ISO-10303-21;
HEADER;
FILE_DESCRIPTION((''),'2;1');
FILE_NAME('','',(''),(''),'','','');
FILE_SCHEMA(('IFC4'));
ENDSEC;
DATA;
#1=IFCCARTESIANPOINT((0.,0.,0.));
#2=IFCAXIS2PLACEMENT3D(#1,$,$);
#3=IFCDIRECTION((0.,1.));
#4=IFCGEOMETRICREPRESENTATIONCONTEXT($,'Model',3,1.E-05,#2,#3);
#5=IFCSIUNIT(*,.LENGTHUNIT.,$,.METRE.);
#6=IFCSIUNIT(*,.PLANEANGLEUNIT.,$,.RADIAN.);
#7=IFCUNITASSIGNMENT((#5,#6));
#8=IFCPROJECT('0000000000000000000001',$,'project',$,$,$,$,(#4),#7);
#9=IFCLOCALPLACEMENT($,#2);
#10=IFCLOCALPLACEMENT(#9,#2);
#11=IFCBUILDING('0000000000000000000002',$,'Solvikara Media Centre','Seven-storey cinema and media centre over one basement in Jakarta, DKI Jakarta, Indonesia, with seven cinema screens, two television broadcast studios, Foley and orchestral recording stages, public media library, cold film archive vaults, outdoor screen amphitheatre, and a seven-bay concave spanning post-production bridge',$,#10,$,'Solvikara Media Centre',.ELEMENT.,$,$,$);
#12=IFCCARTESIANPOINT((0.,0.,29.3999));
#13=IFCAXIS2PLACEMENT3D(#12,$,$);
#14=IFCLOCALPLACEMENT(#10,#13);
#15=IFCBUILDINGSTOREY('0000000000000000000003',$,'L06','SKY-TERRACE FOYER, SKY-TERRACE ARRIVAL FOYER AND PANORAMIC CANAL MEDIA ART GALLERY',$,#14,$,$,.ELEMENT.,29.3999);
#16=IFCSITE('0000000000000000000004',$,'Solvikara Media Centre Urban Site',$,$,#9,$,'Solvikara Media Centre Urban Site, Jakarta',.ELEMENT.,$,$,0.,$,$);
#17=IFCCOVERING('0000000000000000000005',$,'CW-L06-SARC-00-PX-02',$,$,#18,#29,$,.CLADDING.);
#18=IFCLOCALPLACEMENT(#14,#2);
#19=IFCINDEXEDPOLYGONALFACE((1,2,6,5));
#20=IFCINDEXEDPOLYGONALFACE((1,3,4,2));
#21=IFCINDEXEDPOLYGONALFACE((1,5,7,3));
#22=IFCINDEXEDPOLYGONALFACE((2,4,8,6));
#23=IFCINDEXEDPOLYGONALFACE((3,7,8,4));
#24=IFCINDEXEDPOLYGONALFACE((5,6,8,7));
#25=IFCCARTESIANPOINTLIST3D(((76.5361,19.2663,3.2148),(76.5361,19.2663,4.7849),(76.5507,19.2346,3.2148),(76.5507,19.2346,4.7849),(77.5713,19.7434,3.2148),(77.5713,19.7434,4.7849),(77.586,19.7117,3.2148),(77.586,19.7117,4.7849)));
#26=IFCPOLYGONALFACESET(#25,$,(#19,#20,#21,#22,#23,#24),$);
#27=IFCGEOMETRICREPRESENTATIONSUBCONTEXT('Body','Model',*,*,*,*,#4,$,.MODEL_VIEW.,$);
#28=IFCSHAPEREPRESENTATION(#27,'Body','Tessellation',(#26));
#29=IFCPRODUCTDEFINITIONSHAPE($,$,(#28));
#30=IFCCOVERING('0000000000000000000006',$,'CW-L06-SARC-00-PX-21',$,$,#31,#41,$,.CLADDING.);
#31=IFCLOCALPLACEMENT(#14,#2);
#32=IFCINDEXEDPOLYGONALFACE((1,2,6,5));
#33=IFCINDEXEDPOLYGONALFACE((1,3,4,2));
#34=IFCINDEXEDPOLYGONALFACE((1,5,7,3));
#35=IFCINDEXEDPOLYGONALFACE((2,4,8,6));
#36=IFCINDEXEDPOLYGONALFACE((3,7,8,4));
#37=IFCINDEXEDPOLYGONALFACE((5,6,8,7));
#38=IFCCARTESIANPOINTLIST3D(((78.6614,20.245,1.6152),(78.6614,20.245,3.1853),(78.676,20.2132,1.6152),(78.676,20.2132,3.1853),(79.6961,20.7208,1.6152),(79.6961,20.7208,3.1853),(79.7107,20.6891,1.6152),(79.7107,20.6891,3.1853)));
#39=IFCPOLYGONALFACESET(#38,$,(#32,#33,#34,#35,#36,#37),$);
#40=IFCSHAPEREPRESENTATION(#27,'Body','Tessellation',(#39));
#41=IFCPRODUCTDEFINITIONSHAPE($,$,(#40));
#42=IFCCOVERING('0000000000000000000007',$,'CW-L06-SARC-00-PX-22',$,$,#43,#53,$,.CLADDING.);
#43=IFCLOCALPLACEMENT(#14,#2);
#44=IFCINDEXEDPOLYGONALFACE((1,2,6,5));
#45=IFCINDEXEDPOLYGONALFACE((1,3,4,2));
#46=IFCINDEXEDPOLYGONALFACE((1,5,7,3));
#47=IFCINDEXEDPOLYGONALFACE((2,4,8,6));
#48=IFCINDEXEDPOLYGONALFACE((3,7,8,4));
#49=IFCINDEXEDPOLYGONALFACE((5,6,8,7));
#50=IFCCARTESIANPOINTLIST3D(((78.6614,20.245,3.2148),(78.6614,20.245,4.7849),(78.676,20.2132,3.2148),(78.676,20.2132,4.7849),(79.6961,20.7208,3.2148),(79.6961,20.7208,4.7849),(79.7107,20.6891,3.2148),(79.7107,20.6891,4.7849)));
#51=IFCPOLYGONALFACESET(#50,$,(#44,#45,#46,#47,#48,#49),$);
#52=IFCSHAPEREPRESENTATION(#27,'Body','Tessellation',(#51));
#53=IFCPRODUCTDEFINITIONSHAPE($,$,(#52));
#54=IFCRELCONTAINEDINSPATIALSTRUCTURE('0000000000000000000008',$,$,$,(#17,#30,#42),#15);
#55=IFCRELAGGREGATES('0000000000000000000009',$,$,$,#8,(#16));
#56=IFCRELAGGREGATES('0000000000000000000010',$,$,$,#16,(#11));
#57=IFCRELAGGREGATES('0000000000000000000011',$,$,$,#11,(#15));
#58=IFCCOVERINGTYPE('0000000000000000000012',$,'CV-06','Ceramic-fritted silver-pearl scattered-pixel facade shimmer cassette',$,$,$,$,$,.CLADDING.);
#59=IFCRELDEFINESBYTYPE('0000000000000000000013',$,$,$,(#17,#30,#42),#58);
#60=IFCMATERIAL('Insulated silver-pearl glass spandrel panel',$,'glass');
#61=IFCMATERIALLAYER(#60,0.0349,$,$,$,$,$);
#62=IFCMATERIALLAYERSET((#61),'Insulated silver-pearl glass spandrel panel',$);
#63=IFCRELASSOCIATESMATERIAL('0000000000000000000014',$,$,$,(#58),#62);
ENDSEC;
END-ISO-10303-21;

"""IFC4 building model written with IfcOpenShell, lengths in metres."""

from ifc_helpers import new_model, si_unit, direction, frame, origin, origin_2d, place, context, subcontext, project, spatial, rectangle, extrude, material, layer, layer_set, type_object, element, save


model = new_model("IFC4")

# Units and contexts
model_context = context("Model", 3, precision=1e-05, world=origin(), true_north=direction((0.0, 1.0)))
body_context = subcontext(model_context, "Body", "Model", "MODEL_VIEW")
ifc_project = project(units=[si_unit("LENGTHUNIT", "METRE"), si_unit("PLANEANGLEUNIT", "RADIAN")], contexts=[model_context])

# Site, building, storey
site_placement = place(None, origin())
site = spatial("IfcSite", under=ifc_project, at=site_placement, Name="Solvikara Media Centre Urban Site", LongName="Solvikara Media Centre Urban Site, Jakarta", CompositionType="ELEMENT", RefElevation=0.0)
building_placement = place(site_placement, origin())
building = spatial("IfcBuilding", under=site, at=building_placement, Name="Solvikara Media Centre", Description="Seven-storey cinema and media centre over one basement in Jakarta, DKI Jakarta, Indonesia, with seven cinema screens, two television broadcast studios, Foley and orchestral recording stages, public media library, cold film archive vaults, outdoor screen amphitheatre, and a seven-bay concave spanning post-production bridge", LongName="Solvikara Media Centre", CompositionType="ELEMENT")
storey_placement = place(building_placement, frame((0.0, 0.0, 29.3999)))
storey = spatial("IfcBuildingStorey", under=building, at=storey_placement, Name="L06", Description="SKY-TERRACE FOYER, SKY-TERRACE ARRIVAL FOYER AND PANORAMIC CANAL MEDIA ART GALLERY", CompositionType="ELEMENT", Elevation=29.3999)

# Shared definitions
ifc_material_1 = material(Name="Insulated silver-pearl glass spandrel panel", Category="glass")

# Coverings
ifc_layer_1 = layer(ifc_material_1, 0.0349)
ifc_layer_set_1 = layer_set([ifc_layer_1], Name="Insulated silver-pearl glass spandrel panel")
covering_type_1 = type_object("IfcCoveringType", Name="CV-06", Description="Ceramic-fritted silver-pearl scattered-pixel facade shimmer cassette", PredefinedType="CLADDING", material=ifc_layer_set_1)
covering_placement = place(storey_placement, frame((77.061, 19.489, 3.2148), z_axis=(0.0, 0.0, 1.0), x_axis=(0.908187, 0.418565, 0.0)))
element("IfcCovering", 1, at=covering_placement, inside=storey, type_object=covering_type_1, Name="CW-L06-SARC-00-PX-02", PredefinedType="CLADDING", context=body_context, shape_type="SweptSolid", body=[
    extrude(rectangle(XDim=1.1399, YDim=0.0349, at=origin_2d()), origin(), (0.0, 0.0, 1.0), 1.5701),
])
for number, where, z_axis, x_axis, name in (
    (2, (79.186, 20.467, 1.6152), (0.0, 0.0, 1.0), (0.908523, 0.417835, 0.0), "CW-L06-SARC-00-PX-21"),
    (3, (79.186, 20.467, 3.2148), (0.0, 0.0, 1.0), (0.908523, 0.417835, 0.0), "CW-L06-SARC-00-PX-22"),
):
    element("IfcCovering", number, at=place(storey_placement, frame(where, z_axis=z_axis, x_axis=x_axis)), inside=storey, type_object=covering_type_1, Name=name, PredefinedType="CLADDING", context=body_context, shape_type="SweptSolid", body=[
        extrude(rectangle(XDim=1.1389, YDim=0.0349, at=origin_2d()), origin(), (0.0, 0.0, 1.0), 1.5701),
    ])

save(model, "model.ifc")
